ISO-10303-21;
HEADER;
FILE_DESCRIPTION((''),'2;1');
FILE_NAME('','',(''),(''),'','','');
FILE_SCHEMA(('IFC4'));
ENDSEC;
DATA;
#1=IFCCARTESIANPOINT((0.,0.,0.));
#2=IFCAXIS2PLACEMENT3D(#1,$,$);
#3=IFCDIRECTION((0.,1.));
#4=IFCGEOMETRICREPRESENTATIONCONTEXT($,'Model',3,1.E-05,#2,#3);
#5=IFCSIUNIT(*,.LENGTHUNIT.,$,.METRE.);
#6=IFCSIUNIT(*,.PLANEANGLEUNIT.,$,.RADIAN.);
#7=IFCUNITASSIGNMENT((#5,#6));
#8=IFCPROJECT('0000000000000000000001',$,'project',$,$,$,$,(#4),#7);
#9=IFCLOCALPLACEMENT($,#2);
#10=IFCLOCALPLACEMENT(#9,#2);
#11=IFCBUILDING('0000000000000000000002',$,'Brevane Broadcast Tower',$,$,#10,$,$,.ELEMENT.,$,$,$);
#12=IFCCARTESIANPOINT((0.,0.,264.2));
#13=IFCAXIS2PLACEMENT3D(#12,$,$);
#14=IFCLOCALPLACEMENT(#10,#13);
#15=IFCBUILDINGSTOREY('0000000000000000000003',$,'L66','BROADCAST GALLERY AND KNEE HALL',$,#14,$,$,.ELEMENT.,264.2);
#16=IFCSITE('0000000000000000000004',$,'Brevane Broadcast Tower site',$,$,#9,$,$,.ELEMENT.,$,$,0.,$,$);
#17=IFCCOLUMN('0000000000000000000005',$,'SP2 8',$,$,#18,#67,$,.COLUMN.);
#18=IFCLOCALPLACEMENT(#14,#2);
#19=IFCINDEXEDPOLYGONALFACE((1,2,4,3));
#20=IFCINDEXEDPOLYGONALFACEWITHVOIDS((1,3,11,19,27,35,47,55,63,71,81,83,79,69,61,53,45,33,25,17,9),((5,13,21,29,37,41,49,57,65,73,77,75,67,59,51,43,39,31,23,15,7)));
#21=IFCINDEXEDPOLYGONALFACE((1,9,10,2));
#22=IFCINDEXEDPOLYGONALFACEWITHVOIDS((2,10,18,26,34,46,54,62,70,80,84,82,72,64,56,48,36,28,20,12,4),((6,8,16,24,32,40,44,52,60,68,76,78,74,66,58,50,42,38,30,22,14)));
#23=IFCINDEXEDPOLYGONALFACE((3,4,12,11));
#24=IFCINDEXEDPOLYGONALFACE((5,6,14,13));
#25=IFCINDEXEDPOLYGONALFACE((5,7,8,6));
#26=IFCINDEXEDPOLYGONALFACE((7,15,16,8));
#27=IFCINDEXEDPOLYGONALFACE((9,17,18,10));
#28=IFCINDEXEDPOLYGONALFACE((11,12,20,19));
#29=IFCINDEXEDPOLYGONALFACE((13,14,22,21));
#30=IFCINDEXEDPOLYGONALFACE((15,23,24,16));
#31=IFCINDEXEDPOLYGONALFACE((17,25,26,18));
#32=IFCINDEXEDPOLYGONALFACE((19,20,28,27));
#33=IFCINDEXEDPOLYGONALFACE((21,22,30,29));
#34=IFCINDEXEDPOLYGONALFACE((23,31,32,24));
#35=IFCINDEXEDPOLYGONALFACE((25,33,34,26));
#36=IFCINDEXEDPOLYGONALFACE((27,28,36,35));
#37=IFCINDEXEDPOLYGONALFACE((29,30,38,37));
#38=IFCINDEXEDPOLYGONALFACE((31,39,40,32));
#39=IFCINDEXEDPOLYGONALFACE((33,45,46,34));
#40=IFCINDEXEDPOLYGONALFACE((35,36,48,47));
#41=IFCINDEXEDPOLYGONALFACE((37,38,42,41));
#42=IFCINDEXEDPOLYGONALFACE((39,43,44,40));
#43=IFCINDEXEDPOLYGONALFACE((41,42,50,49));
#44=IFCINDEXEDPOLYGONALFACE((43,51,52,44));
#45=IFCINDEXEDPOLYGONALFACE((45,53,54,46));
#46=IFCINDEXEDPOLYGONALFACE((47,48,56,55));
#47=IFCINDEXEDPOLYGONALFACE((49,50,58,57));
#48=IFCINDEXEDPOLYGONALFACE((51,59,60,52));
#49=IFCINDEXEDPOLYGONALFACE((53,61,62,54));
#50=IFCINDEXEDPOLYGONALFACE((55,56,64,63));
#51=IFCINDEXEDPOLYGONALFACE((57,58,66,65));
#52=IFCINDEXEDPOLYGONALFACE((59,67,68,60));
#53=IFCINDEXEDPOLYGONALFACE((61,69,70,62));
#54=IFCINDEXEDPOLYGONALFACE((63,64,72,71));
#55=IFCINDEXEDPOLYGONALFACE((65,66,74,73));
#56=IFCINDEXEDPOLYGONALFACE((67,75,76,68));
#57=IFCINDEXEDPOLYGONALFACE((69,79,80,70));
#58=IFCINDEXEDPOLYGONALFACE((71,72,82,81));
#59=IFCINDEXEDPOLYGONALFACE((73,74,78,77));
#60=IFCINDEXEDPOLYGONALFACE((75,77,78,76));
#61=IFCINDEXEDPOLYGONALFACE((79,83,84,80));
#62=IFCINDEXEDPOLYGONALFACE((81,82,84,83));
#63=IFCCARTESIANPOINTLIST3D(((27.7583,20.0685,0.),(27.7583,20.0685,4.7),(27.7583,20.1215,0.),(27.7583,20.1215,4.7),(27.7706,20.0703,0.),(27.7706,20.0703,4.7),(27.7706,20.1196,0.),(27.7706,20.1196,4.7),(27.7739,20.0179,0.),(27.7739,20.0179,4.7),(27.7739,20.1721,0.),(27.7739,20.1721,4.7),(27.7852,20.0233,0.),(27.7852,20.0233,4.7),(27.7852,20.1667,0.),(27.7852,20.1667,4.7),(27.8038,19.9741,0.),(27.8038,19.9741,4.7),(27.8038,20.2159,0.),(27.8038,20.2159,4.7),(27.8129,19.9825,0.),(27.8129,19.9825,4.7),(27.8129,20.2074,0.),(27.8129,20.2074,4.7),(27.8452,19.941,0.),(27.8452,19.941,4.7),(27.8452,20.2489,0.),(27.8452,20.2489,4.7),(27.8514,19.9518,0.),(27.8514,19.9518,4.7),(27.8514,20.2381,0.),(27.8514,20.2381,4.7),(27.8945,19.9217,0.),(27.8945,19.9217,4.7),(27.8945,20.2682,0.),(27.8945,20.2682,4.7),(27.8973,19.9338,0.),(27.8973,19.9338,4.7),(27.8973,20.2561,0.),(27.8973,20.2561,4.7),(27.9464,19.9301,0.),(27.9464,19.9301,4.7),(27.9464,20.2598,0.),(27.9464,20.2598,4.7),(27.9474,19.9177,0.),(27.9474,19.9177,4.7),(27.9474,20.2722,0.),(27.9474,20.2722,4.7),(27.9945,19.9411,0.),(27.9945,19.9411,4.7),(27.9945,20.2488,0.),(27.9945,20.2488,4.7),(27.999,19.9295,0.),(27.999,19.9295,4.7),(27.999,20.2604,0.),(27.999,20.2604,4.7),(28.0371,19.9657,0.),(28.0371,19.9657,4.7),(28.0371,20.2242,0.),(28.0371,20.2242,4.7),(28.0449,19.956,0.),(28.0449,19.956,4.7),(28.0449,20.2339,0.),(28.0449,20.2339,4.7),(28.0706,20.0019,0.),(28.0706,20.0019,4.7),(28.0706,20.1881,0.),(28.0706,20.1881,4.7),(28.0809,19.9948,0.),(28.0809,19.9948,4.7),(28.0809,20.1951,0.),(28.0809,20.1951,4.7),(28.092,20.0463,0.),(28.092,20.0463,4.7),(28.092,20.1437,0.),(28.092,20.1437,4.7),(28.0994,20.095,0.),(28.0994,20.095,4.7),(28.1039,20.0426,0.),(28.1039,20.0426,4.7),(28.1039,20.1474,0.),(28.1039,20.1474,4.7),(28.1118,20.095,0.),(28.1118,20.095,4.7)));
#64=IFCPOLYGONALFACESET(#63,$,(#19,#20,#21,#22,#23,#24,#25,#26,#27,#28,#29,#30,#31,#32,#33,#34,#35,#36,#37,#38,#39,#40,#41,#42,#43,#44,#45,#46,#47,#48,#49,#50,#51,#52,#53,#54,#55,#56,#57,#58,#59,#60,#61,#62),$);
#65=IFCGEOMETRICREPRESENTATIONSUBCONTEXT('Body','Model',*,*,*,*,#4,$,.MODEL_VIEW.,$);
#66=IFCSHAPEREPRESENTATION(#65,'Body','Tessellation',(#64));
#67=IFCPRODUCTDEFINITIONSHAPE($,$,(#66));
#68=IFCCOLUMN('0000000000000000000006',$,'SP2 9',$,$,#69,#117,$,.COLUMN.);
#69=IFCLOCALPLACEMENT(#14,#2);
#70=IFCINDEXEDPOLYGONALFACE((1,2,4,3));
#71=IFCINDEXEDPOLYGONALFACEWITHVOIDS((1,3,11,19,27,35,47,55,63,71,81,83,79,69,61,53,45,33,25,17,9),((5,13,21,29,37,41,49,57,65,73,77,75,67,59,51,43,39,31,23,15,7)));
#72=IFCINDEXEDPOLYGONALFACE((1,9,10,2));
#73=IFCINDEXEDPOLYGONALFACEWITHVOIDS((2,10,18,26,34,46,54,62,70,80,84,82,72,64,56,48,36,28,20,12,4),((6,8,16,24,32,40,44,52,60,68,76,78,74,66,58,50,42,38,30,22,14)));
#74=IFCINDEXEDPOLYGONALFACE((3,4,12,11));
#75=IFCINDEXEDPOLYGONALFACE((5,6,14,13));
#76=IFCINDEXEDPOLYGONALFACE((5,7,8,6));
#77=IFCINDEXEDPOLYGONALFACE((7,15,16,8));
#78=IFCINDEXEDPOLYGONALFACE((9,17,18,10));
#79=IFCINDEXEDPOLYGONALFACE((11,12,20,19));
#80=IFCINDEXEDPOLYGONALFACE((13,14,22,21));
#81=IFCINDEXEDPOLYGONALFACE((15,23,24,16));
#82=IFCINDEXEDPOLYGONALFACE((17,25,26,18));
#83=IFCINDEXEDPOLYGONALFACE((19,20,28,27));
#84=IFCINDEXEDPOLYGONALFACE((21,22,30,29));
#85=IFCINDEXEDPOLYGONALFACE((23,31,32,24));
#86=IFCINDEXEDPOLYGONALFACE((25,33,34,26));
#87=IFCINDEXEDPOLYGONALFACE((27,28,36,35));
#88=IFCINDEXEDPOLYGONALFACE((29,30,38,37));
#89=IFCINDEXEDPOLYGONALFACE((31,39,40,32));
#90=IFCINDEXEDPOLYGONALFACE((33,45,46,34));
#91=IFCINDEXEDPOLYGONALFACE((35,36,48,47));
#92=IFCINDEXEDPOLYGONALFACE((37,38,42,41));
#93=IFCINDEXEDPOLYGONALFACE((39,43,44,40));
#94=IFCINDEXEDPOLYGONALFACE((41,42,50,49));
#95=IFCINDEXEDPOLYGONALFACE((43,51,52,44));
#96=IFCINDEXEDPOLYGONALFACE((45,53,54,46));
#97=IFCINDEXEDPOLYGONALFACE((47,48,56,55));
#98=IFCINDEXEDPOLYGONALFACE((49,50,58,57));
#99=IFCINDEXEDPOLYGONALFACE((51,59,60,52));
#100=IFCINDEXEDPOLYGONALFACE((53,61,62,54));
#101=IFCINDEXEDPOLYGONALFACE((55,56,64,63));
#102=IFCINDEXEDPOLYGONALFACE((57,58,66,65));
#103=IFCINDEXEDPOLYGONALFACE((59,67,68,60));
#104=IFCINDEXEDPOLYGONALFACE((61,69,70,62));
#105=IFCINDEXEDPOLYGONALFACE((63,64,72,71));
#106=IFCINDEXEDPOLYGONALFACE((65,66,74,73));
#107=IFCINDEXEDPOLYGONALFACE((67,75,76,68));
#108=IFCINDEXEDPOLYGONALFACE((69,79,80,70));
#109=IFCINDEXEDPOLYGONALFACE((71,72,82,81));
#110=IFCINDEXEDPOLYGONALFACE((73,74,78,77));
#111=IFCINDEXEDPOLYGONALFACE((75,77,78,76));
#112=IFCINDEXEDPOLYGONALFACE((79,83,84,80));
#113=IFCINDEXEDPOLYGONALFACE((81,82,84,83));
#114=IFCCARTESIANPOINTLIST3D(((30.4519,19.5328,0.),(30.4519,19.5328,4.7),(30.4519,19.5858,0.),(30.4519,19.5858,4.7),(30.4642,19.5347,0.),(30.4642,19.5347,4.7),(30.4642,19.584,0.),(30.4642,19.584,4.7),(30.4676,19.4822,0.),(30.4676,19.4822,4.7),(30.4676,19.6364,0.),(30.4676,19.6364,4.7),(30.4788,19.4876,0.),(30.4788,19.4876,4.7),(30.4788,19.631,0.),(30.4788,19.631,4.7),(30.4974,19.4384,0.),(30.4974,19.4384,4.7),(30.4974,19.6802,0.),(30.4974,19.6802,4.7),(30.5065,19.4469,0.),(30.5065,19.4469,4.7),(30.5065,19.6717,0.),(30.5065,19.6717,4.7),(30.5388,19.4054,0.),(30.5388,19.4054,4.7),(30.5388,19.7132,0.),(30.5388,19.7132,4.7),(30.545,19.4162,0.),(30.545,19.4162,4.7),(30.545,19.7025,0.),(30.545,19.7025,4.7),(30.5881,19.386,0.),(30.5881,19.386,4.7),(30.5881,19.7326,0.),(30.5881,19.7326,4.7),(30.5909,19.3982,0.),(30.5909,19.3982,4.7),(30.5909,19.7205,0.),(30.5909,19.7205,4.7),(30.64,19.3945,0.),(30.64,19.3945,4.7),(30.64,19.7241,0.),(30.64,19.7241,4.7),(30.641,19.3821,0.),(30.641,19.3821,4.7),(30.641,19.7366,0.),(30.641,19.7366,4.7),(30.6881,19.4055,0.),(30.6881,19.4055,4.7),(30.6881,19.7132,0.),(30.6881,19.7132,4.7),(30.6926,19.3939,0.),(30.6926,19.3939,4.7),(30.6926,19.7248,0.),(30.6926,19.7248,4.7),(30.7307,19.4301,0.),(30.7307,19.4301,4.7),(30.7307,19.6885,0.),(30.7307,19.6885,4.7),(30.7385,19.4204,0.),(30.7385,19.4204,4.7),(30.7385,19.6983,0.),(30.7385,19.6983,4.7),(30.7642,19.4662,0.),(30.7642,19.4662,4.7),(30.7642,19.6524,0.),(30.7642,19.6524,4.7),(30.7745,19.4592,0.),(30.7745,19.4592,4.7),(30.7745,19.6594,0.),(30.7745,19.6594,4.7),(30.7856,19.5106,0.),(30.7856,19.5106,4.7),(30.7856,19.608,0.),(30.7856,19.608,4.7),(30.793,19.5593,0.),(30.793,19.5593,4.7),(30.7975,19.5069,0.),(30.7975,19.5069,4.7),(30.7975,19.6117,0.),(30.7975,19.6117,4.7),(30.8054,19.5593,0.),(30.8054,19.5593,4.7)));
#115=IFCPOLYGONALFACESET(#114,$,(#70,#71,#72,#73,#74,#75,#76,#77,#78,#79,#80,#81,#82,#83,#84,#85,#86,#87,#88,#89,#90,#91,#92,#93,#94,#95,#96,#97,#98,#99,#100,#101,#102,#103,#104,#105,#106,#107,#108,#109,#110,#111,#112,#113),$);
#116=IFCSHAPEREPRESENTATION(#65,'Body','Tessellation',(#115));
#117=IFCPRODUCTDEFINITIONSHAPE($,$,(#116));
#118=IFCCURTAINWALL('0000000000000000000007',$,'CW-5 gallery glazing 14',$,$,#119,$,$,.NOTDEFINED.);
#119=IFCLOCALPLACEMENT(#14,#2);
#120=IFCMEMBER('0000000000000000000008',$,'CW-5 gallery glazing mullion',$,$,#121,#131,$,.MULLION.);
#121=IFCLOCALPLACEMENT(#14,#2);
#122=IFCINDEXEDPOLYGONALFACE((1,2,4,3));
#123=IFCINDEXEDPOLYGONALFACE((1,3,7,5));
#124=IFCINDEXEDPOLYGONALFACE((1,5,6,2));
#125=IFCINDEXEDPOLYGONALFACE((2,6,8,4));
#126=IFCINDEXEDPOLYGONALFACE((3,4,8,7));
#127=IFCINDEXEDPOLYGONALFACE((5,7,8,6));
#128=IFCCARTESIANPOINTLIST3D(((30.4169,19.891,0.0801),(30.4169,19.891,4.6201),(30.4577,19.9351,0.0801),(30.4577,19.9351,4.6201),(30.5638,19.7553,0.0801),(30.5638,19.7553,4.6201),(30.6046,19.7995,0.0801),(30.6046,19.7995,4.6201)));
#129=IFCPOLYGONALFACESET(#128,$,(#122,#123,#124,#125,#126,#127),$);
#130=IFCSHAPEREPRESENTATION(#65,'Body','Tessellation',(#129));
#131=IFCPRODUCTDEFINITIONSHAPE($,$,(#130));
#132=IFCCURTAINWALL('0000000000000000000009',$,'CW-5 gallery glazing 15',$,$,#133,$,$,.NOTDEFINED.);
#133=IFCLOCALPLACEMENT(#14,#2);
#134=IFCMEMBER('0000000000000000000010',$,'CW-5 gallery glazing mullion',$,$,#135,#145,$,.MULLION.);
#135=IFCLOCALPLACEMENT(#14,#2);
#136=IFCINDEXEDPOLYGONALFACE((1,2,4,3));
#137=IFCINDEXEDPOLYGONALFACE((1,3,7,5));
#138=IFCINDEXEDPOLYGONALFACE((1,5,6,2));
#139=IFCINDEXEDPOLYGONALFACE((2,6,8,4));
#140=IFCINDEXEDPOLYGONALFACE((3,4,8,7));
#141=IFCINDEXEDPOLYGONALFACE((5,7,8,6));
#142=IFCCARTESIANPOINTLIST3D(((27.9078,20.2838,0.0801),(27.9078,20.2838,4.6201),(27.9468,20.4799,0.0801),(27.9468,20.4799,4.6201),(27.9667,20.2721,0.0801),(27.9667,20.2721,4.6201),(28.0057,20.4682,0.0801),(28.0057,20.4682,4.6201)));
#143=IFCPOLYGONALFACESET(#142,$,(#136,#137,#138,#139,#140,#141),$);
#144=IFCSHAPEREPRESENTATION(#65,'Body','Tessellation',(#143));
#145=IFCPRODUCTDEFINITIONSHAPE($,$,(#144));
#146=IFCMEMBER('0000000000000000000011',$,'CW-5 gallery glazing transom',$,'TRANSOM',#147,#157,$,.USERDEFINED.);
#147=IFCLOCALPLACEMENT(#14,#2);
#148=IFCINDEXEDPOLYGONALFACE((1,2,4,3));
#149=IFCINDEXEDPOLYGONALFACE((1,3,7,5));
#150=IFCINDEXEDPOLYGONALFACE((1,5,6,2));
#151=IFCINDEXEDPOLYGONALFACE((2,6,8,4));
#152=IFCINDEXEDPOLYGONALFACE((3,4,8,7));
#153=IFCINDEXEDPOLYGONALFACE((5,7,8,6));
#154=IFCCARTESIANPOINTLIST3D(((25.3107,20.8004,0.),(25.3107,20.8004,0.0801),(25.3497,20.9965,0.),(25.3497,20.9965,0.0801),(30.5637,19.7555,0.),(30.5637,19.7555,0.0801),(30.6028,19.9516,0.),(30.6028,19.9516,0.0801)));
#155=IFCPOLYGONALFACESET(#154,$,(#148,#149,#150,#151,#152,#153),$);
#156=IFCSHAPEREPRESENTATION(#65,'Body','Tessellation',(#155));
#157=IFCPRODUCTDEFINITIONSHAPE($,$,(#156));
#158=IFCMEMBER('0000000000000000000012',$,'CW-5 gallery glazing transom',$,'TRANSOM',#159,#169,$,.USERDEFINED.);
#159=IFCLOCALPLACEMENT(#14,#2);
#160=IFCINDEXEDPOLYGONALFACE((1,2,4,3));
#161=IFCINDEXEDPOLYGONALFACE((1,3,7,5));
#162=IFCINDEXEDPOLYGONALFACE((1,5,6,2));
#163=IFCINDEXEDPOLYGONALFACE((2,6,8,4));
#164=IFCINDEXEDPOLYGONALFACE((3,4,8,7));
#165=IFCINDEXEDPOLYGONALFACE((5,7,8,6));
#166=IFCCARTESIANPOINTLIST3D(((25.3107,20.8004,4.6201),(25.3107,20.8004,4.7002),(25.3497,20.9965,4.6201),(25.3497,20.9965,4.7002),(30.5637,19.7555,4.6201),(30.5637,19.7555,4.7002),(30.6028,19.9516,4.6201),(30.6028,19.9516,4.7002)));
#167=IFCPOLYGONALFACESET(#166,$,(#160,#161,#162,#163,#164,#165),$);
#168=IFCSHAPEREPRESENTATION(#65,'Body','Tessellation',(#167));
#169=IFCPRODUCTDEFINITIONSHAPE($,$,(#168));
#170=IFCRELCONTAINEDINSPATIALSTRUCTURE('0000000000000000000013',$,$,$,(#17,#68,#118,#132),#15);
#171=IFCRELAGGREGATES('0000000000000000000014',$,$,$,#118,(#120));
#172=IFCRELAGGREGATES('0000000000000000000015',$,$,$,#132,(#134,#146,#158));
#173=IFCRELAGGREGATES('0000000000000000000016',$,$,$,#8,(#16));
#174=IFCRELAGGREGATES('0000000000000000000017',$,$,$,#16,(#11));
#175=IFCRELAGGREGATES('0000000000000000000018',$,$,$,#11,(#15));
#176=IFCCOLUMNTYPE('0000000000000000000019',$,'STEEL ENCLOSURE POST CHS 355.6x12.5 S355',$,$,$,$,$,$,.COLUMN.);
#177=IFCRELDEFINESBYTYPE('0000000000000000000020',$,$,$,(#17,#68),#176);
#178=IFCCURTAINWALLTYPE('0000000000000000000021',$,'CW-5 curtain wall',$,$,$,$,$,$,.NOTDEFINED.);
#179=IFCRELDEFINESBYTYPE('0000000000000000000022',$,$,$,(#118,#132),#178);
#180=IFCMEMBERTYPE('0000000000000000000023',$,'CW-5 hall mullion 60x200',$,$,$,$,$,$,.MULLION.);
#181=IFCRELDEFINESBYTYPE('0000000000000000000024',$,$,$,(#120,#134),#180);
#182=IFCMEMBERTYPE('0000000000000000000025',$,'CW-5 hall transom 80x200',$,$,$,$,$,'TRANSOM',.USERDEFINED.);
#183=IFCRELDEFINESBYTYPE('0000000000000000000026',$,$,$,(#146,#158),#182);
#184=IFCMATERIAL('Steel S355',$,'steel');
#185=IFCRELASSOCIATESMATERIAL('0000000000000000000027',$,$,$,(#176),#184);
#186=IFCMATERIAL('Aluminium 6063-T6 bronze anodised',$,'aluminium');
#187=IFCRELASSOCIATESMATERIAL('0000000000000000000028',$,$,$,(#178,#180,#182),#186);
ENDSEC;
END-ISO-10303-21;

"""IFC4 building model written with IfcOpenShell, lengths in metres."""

from ifc_helpers import new_model, si_unit, direction, frame, origin, origin_2d, place, context, subcontext, project, spatial, rectangle, hollow_circle, extrude, material, material_profile, profile_set, type_object, element, aggregate, save


model = new_model("IFC4")

# Units and contexts
model_context = context("Model", 3, precision=1e-05, world=origin(), true_north=direction((0.0, 1.0)))
body_context = subcontext(model_context, "Body", "Model", "MODEL_VIEW")
ifc_project = project(units=[si_unit("LENGTHUNIT", "METRE"), si_unit("PLANEANGLEUNIT", "RADIAN")], contexts=[model_context])

# Site, building, storey
site_placement = place(None, origin())
site = spatial("IfcSite", under=ifc_project, at=site_placement, Name="Brevane Broadcast Tower site", CompositionType="ELEMENT", RefElevation=0.0)
building_placement = place(site_placement, origin())
building = spatial("IfcBuilding", under=site, at=building_placement, Name="Brevane Broadcast Tower", CompositionType="ELEMENT")
storey_placement = place(building_placement, frame((0.0, 0.0, 264.2)))
storey = spatial("IfcBuildingStorey", under=building, at=storey_placement, Name="L66", Description="BROADCAST GALLERY AND KNEE HALL", CompositionType="ELEMENT", Elevation=264.2)

# Columns
ifc_material_1 = material(Name="Steel S355", Category="steel")
ifc_material_profile_1 = material_profile(ifc_material_1, hollow_circle(Radius=0.1777, WallThickness=0.0125, at=origin_2d()), Name="CHS 355.6x12.5")
ifc_profile_set_1 = profile_set([ifc_material_profile_1], Name="Steel S355")
column_type = type_object("IfcColumnType", Name="STEEL ENCLOSURE POST CHS 355.6x12.5 S355", PredefinedType="COLUMN", material=ifc_profile_set_1)
for number, where, z_axis, x_axis, name in (
    (1, (27.9341, 20.095, 0.0), (0.0, 0.0, 1.0), (1.0, 0.0, 0.0), "SP2 8"),
    (2, (30.6277, 19.5593, 0.0), (0.0, 0.0, 1.0), (1.0, 0.0, 0.0), "SP2 9"),
):
    element("IfcColumn", number, at=place(storey_placement, frame(where, z_axis=z_axis, x_axis=x_axis)), inside=storey, type_object=column_type, Name=name, PredefinedType="COLUMN", context=body_context, shape_type="SweptSolid", body=[
        extrude(hollow_circle(Radius=0.1777, WallThickness=0.0125, at=origin_2d()), origin(), (0.0, 0.0, 1.0), 4.7),
    ])

# Curtain wall, member
ifc_material_2 = material(Name="Aluminium 6063-T6 bronze anodised", Category="aluminium")
curtain_wall_type = type_object("IfcCurtainWallType", Name="CW-5 curtain wall", PredefinedType="NOTDEFINED", material=ifc_material_2)
curtain_wall_1_placement = place(storey_placement, origin())
curtain_wall_1 = element("IfcCurtainWall", 3, at=curtain_wall_1_placement, inside=storey, type_object=curtain_wall_type, Name="CW-5 gallery glazing 14", PredefinedType="NOTDEFINED")
ifc_material_profile_2 = material_profile(ifc_material_2, rectangle(XDim=0.2, YDim=0.0601, at=origin_2d()), Name="RECT 60x200")
ifc_profile_set_2 = profile_set([ifc_material_profile_2], Name="Aluminium 6063-T6 bronze anodised")
member_type_1 = type_object("IfcMemberType", Name="CW-5 hall mullion 60x200", PredefinedType="MULLION", material=ifc_profile_set_2)
member_1_placement = place(storey_placement, frame((30.5107, 19.8452, 0.0801), z_axis=(0.0, 0.0, 1.0), x_axis=(0.734785, -0.6783, 0.0)))
member_1 = element("IfcMember", 4, at=member_1_placement, type_object=member_type_1, Name="CW-5 gallery glazing mullion", PredefinedType="MULLION", context=body_context, shape_type="SweptSolid", body=[
    extrude(rectangle(XDim=0.2, YDim=0.0601, at=origin_2d()), origin(), (0.0, 0.0, 1.0), 4.54),
])
aggregate(curtain_wall_1, [member_1])

# Curtain wall, members
curtain_wall_2_placement = place(storey_placement, origin())
curtain_wall_2 = element("IfcCurtainWall", 5, at=curtain_wall_2_placement, inside=storey, type_object=curtain_wall_type, Name="CW-5 gallery glazing 15", PredefinedType="NOTDEFINED")
member_2_placement = place(storey_placement, frame((27.9568, 20.376, 0.0801), z_axis=(0.0, 0.0, 1.0), x_axis=(-0.19509, -0.980785, 0.0)))
member_2 = element("IfcMember", 6, at=member_2_placement, type_object=member_type_1, Name="CW-5 gallery glazing mullion", PredefinedType="MULLION", context=body_context, shape_type="SweptSolid", body=[
    extrude(rectangle(XDim=0.2, YDim=0.0601, at=origin_2d()), origin(), (0.0, 0.0, 1.0), 4.54),
])
ifc_material_profile_3 = material_profile(ifc_material_2, rectangle(XDim=0.2, YDim=0.0801, at=origin_2d()), Name="RECT 80x200")
ifc_profile_set_3 = profile_set([ifc_material_profile_3], Name="Aluminium 6063-T6 bronze anodised")
member_type_2 = type_object("IfcMemberType", Name="CW-5 hall transom 80x200", ElementType="TRANSOM", PredefinedType="USERDEFINED", material=ifc_profile_set_3)
member_3_placement = place(storey_placement, frame((30.5833, 19.8535, 0.04), z_axis=(-0.980784, 0.195099, 0.0), x_axis=(-0.195099, -0.980784, 0.0)))
member_3 = element("IfcMember", 7, at=member_3_placement, type_object=member_type_2, Name="CW-5 gallery glazing transom", ObjectType="TRANSOM", PredefinedType="USERDEFINED", context=body_context, shape_type="SweptSolid", body=[
    extrude(rectangle(XDim=0.2, YDim=0.0801, at=origin_2d()), origin(), (0.0, 0.0, 1.0), 5.356),
])
member_4_placement = place(storey_placement, frame((30.5833, 19.8535, 4.6602), z_axis=(-0.980784, 0.195099, 0.0), x_axis=(-0.195099, -0.980784, 0.0)))
member_4 = element("IfcMember", 8, at=member_4_placement, type_object=member_type_2, Name="CW-5 gallery glazing transom", ObjectType="TRANSOM", PredefinedType="USERDEFINED", context=body_context, shape_type="SweptSolid", body=[
    extrude(rectangle(XDim=0.2, YDim=0.0801, at=origin_2d()), origin(), (0.0, 0.0, 1.0), 5.356),
])

aggregate(curtain_wall_2, [member_2, member_3, member_4])

save(model, "model.ifc")
